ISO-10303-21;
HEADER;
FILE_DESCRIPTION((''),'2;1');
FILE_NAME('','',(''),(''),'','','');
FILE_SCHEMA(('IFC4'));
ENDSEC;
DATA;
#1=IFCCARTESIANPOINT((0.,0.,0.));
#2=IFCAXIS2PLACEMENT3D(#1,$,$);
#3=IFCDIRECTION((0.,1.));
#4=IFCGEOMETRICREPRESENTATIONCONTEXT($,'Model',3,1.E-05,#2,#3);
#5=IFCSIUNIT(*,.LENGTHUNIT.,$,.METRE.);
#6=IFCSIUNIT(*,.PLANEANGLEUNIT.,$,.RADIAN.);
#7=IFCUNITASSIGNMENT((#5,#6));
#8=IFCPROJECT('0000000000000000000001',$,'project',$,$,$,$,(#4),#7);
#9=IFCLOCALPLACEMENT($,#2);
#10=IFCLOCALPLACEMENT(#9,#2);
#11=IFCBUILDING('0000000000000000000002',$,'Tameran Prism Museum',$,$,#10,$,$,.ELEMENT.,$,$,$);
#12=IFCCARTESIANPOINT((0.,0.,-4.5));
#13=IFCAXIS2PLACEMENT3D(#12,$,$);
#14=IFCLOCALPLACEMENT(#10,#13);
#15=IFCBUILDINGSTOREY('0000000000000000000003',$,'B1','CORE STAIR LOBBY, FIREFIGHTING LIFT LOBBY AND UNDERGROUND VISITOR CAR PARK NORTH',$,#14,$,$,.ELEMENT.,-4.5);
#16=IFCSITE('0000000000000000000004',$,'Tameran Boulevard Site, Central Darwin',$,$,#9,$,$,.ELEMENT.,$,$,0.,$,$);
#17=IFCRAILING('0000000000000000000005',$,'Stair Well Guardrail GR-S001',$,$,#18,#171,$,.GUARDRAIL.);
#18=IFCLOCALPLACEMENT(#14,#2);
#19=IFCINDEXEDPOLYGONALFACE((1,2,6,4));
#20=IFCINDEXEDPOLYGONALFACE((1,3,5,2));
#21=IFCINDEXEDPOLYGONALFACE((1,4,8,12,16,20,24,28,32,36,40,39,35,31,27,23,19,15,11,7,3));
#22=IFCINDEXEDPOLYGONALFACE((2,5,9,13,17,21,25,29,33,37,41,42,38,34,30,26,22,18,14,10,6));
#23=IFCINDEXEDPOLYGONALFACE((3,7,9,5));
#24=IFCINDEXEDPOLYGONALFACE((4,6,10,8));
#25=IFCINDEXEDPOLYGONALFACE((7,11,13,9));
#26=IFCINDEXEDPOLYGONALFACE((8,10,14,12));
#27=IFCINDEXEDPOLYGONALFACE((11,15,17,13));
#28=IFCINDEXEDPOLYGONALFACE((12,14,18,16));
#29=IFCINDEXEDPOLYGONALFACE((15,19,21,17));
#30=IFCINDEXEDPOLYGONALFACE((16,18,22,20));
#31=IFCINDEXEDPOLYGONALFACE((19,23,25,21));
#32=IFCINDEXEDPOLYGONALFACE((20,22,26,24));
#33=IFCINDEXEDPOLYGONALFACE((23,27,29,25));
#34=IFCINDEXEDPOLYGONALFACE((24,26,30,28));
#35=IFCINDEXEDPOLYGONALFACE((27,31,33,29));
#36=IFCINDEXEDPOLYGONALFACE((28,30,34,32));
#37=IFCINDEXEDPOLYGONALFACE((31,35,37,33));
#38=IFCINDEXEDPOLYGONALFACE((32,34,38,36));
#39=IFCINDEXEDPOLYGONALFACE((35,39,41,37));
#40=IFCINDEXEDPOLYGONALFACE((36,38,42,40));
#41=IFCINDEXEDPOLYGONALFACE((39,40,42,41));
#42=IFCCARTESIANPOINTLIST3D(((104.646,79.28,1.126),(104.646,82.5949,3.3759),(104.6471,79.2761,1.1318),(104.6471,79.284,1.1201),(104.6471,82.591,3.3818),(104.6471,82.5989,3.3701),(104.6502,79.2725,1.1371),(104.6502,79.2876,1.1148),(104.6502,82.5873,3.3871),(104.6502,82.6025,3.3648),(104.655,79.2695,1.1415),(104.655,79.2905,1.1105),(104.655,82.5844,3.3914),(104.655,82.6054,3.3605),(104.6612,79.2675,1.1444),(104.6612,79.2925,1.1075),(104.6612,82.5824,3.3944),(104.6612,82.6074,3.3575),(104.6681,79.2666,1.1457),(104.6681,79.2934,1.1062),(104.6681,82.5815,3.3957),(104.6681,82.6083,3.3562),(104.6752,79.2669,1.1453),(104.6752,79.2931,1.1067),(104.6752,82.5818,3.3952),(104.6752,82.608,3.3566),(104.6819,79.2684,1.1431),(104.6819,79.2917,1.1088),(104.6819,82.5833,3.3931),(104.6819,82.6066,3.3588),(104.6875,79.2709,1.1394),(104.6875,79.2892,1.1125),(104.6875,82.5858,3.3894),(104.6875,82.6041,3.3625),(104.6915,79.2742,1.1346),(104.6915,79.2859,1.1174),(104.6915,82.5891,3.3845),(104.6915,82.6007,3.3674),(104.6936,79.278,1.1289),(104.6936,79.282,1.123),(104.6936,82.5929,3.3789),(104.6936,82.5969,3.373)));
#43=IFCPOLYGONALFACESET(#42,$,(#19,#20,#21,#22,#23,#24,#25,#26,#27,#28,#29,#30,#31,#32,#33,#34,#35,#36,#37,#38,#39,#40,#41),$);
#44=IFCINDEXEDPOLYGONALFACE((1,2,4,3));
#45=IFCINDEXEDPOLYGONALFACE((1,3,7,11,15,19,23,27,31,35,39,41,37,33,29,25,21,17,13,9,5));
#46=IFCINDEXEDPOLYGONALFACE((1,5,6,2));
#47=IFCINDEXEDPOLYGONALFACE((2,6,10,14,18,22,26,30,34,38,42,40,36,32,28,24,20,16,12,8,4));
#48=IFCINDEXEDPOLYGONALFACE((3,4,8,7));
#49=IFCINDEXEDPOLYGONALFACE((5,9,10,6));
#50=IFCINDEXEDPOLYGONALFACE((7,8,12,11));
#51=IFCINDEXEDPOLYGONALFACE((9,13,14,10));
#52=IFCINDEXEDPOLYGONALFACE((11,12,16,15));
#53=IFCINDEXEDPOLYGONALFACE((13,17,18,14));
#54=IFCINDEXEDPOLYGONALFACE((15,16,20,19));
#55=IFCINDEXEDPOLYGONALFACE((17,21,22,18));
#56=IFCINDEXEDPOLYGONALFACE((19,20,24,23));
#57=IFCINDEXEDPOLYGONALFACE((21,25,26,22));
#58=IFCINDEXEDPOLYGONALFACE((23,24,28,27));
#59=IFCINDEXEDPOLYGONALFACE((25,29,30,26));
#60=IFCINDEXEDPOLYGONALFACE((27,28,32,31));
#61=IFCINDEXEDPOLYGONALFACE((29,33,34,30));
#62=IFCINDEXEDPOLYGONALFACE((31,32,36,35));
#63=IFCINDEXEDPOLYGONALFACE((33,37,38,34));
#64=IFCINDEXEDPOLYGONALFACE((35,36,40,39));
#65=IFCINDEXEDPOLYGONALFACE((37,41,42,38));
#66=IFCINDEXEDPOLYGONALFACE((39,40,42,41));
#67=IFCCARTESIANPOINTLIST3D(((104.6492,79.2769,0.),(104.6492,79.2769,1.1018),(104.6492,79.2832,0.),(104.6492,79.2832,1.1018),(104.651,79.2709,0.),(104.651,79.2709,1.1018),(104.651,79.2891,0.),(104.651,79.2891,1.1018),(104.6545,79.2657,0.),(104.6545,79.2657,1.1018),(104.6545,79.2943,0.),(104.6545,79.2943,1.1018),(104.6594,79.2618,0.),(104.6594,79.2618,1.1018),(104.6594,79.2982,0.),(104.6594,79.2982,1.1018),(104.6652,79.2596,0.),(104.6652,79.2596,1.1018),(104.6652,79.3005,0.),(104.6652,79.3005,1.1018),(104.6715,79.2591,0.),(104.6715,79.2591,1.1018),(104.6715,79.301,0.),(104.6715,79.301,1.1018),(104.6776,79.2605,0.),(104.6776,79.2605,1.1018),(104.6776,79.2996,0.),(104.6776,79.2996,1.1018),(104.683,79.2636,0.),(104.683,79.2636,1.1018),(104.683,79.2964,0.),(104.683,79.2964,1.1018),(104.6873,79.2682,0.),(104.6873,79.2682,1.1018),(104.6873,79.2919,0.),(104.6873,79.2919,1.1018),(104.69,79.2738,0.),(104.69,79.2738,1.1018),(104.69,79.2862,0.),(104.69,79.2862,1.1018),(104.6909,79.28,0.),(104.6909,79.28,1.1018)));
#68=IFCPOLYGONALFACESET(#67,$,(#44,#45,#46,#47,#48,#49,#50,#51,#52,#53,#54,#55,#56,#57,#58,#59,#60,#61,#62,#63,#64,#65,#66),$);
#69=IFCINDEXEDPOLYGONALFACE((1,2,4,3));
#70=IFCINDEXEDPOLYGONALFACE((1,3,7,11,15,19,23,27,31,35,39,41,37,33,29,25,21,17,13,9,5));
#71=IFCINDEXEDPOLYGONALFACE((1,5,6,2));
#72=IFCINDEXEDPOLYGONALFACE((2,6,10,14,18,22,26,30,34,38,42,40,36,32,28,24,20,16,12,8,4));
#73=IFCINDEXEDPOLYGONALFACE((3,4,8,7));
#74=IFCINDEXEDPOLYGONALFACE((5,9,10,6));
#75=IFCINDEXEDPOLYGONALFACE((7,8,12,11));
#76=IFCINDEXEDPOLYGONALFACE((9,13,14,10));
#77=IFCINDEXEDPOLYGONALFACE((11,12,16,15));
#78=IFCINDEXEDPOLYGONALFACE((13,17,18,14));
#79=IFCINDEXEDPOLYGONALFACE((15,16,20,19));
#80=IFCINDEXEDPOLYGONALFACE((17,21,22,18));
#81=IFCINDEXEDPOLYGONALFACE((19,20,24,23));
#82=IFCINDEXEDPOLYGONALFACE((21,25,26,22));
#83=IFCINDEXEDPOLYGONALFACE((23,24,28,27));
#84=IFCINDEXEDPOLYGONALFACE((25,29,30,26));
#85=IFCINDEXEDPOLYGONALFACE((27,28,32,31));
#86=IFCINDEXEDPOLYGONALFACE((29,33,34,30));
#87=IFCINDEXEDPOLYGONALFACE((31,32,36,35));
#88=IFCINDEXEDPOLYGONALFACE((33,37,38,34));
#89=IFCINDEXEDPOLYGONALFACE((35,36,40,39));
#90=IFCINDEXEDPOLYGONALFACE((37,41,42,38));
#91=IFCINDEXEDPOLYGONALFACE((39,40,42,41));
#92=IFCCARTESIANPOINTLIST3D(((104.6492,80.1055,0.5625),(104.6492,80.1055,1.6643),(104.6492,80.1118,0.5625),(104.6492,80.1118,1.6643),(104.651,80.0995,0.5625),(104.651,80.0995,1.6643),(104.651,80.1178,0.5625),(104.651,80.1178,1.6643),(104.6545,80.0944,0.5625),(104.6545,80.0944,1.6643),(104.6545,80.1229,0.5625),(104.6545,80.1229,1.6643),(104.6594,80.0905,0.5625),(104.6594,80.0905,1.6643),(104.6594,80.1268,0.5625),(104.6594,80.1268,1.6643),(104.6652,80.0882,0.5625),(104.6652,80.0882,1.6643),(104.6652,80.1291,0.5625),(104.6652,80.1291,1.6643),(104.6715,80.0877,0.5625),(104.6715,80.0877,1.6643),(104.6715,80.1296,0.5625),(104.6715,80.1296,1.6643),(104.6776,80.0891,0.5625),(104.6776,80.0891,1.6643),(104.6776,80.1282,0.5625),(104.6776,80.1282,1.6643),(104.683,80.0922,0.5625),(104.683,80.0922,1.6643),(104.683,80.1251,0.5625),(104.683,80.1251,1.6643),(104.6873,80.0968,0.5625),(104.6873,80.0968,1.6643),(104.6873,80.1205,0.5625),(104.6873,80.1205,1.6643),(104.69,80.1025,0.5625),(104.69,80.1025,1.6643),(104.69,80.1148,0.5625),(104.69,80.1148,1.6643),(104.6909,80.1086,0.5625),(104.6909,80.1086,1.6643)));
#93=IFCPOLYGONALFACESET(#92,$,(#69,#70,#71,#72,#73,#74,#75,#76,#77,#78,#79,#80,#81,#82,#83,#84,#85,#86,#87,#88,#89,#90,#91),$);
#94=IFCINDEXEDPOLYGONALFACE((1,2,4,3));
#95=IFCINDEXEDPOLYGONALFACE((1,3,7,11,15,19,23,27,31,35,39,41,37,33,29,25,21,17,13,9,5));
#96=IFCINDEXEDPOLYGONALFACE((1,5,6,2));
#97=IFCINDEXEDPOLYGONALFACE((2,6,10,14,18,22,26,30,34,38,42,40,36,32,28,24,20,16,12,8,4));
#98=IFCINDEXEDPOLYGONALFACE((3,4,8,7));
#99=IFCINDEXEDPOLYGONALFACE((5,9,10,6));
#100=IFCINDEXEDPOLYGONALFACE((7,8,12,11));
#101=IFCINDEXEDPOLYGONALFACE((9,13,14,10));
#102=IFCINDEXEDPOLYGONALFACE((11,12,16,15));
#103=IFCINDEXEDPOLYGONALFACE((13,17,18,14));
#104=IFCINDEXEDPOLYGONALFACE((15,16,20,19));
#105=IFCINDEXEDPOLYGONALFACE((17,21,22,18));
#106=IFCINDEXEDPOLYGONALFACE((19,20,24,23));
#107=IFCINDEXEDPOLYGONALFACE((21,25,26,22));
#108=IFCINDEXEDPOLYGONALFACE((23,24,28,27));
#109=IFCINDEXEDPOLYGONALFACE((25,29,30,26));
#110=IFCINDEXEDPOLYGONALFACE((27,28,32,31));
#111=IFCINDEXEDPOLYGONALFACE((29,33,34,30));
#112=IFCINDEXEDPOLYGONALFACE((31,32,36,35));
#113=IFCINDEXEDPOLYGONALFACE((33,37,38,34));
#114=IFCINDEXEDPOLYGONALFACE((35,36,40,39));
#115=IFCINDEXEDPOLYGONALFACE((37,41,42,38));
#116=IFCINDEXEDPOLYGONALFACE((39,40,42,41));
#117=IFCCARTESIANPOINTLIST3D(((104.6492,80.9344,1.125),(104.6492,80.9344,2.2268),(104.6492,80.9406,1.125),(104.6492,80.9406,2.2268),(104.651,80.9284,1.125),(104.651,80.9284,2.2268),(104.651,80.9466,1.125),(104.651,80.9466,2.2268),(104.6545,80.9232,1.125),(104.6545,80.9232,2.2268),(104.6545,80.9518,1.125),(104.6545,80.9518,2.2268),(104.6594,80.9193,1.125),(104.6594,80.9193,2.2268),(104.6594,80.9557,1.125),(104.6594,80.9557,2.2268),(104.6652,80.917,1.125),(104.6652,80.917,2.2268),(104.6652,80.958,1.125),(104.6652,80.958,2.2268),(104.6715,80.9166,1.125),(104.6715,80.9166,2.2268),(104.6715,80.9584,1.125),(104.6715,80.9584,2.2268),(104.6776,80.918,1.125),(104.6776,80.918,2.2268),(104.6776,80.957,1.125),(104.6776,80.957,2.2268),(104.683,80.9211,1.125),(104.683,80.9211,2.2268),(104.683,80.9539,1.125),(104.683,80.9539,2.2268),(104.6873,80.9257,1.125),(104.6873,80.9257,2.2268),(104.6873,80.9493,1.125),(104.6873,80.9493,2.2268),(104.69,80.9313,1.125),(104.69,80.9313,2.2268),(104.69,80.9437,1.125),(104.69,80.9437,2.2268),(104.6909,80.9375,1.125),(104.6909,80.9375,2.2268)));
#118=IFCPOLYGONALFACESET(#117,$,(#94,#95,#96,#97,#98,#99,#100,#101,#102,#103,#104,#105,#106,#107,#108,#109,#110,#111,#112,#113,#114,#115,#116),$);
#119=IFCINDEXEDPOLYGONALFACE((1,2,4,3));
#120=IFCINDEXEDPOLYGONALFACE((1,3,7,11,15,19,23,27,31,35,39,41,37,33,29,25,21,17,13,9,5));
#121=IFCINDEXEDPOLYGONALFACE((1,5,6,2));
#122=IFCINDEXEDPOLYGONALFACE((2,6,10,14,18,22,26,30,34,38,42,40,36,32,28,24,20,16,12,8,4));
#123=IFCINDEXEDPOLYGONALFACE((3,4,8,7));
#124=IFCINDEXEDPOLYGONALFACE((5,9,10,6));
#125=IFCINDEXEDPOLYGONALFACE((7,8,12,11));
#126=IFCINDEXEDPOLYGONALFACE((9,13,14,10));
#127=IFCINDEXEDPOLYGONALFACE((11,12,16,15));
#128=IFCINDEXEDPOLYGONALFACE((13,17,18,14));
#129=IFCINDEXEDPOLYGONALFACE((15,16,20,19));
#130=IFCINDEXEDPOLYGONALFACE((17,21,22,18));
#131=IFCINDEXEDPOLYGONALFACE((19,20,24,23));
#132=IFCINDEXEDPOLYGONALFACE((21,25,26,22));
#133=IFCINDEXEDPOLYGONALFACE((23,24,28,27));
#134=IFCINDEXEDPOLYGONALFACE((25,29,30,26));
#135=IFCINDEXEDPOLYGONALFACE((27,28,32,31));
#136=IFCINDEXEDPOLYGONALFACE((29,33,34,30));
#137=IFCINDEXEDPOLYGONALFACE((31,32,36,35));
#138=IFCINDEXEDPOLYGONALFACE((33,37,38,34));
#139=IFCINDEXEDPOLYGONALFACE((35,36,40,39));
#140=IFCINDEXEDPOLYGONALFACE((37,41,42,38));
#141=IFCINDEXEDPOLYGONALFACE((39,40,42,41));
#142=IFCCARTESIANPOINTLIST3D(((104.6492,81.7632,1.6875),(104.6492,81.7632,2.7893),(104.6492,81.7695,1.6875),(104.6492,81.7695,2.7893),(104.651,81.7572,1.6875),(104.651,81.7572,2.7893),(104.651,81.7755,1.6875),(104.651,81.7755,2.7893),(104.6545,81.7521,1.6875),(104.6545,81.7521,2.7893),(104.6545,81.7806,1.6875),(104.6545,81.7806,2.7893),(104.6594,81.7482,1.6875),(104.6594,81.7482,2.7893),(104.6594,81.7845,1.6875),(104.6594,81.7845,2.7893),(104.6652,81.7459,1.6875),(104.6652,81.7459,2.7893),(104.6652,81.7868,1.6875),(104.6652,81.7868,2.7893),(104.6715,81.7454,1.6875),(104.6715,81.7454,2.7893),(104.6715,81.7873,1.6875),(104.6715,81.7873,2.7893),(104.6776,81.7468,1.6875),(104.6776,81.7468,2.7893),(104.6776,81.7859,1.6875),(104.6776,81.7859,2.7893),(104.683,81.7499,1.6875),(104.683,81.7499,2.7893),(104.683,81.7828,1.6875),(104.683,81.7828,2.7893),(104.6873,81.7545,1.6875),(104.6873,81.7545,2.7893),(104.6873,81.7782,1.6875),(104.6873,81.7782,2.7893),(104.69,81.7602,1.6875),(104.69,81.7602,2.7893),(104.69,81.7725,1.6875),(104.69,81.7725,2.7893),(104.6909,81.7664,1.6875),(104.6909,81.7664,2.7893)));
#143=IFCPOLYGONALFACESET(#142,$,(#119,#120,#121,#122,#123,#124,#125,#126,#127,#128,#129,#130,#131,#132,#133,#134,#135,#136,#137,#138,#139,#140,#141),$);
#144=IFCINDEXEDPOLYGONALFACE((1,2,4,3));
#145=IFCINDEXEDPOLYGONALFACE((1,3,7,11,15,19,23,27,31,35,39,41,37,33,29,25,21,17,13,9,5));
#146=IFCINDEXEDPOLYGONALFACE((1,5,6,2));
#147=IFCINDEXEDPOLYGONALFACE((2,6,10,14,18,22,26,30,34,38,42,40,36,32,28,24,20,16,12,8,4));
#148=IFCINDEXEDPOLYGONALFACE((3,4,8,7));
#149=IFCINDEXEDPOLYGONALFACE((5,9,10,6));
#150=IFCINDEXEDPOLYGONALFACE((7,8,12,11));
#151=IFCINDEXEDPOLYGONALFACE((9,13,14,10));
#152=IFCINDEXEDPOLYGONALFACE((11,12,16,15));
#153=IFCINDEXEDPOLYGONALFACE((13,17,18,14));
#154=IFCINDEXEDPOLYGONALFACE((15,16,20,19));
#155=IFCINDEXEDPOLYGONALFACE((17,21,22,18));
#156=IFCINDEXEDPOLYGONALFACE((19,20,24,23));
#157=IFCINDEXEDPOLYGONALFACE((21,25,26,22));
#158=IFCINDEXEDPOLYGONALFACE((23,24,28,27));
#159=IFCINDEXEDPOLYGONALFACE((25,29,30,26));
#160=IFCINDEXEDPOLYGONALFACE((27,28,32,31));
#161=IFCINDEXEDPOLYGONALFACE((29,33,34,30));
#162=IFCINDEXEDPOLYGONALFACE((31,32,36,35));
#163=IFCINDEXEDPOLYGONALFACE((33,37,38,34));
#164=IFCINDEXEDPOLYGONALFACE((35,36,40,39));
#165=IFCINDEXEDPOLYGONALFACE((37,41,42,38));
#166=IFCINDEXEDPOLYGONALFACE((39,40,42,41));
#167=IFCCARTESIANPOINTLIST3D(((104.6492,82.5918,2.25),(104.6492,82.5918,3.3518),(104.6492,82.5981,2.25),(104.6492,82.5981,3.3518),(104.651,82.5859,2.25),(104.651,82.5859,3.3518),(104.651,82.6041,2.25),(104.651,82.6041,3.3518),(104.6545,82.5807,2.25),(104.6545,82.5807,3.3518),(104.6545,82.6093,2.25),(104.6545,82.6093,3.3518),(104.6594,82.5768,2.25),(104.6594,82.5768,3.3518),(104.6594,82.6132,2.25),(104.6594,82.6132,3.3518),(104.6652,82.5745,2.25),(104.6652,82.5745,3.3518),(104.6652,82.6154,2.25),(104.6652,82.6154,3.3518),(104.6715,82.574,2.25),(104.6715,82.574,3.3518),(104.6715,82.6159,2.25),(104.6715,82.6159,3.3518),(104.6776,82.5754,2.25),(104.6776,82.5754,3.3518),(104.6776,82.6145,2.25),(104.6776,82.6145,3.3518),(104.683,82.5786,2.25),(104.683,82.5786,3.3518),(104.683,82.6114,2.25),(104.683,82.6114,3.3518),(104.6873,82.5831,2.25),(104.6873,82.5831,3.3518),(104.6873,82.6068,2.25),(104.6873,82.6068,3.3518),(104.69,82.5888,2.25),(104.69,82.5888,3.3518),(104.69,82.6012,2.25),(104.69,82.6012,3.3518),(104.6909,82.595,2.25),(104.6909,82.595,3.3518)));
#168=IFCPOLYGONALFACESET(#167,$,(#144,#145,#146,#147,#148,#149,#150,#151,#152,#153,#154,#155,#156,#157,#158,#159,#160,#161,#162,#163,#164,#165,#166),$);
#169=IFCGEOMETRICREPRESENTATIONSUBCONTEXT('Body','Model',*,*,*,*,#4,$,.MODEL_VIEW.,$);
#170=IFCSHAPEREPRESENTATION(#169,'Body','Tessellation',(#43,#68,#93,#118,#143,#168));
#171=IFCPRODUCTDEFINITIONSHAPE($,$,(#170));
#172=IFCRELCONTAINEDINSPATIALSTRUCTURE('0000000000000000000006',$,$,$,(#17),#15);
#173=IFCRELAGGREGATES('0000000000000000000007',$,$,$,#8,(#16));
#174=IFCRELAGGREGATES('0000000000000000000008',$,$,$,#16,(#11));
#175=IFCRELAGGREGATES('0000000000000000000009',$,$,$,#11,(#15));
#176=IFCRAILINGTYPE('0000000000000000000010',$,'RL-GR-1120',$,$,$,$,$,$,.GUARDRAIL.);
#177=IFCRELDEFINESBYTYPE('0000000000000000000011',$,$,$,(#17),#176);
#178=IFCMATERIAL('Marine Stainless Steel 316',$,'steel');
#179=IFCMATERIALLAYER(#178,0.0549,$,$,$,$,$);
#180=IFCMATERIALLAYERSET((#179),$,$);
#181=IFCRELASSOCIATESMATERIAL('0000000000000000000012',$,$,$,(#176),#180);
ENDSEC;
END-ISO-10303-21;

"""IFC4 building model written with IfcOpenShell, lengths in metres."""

from ifc_helpers import new_model, si_unit, direction, frame, origin, origin_2d, place, context, subcontext, project, spatial, circle, extrude, material, layer, layer_set, type_object, element, save


model = new_model("IFC4")

# Units and contexts
model_context = context("Model", 3, precision=1e-05, world=origin(), true_north=direction((0.0, 1.0)))
body_context = subcontext(model_context, "Body", "Model", "MODEL_VIEW")
ifc_project = project(units=[si_unit("LENGTHUNIT", "METRE"), si_unit("PLANEANGLEUNIT", "RADIAN")], contexts=[model_context])

# Site, building, storey
site_placement = place(None, origin())
site = spatial("IfcSite", under=ifc_project, at=site_placement, Name="Tameran Boulevard Site, Central Darwin", CompositionType="ELEMENT", RefElevation=0.0)
building_placement = place(site_placement, origin())
building = spatial("IfcBuilding", under=site, at=building_placement, Name="Tameran Prism Museum", CompositionType="ELEMENT")
storey_placement = place(building_placement, frame((0.0, 0.0, -4.5)))
storey = spatial("IfcBuildingStorey", under=building, at=storey_placement, Name="B1", Description="CORE STAIR LOBBY, FIREFIGHTING LIFT LOBBY AND UNDERGROUND VISITOR CAR PARK NORTH", CompositionType="ELEMENT", Elevation=-4.5)

# Railing
ifc_material_1 = material(Name="Marine Stainless Steel 316", Category="steel")
ifc_layer_1 = layer(ifc_material_1, 0.0549)
ifc_layer_set_1 = layer_set([ifc_layer_1])
railing_type_1 = type_object("IfcRailingType", Name="RL-GR-1120", PredefinedType="GUARDRAIL", material=ifc_layer_set_1)
railing_1_placement = place(storey_placement, frame((104.6699, 79.28, 0.0)))
element("IfcRailing", 1, at=railing_1_placement, inside=storey, type_object=railing_type_1, Name="Stair Well Guardrail GR-S001", PredefinedType="GUARDRAIL", context=body_context, shape_type="SweptSolid", body=[
    extrude(circle(Radius=0.0239, at=origin_2d()), frame((0.0, 0.0, 1.126), z_axis=(0.0, 0.827409, 0.5616), x_axis=(-1.0, 0.0, 0.0)), (0.0, 0.0, 1.0), 4.0063),
    extrude(circle(Radius=0.021, at=origin_2d()), origin(), (0.0, 0.0, 1.0), 1.1018),
    extrude(circle(Radius=0.021, at=origin_2d()), frame((0.0, 0.8286, 0.5625)), (0.0, 0.0, 1.0), 1.1018),
    extrude(circle(Radius=0.021, at=origin_2d()), frame((0.0, 1.6575, 1.125)), (0.0, 0.0, 1.0), 1.1018),
    extrude(circle(Radius=0.021, at=origin_2d()), frame((0.0, 2.4863, 1.6875)), (0.0, 0.0, 1.0), 1.1018),
    extrude(circle(Radius=0.021, at=origin_2d()), frame((0.0, 3.3149, 2.25)), (0.0, 0.0, 1.0), 1.1018),
])

save(model, "model.ifc")
